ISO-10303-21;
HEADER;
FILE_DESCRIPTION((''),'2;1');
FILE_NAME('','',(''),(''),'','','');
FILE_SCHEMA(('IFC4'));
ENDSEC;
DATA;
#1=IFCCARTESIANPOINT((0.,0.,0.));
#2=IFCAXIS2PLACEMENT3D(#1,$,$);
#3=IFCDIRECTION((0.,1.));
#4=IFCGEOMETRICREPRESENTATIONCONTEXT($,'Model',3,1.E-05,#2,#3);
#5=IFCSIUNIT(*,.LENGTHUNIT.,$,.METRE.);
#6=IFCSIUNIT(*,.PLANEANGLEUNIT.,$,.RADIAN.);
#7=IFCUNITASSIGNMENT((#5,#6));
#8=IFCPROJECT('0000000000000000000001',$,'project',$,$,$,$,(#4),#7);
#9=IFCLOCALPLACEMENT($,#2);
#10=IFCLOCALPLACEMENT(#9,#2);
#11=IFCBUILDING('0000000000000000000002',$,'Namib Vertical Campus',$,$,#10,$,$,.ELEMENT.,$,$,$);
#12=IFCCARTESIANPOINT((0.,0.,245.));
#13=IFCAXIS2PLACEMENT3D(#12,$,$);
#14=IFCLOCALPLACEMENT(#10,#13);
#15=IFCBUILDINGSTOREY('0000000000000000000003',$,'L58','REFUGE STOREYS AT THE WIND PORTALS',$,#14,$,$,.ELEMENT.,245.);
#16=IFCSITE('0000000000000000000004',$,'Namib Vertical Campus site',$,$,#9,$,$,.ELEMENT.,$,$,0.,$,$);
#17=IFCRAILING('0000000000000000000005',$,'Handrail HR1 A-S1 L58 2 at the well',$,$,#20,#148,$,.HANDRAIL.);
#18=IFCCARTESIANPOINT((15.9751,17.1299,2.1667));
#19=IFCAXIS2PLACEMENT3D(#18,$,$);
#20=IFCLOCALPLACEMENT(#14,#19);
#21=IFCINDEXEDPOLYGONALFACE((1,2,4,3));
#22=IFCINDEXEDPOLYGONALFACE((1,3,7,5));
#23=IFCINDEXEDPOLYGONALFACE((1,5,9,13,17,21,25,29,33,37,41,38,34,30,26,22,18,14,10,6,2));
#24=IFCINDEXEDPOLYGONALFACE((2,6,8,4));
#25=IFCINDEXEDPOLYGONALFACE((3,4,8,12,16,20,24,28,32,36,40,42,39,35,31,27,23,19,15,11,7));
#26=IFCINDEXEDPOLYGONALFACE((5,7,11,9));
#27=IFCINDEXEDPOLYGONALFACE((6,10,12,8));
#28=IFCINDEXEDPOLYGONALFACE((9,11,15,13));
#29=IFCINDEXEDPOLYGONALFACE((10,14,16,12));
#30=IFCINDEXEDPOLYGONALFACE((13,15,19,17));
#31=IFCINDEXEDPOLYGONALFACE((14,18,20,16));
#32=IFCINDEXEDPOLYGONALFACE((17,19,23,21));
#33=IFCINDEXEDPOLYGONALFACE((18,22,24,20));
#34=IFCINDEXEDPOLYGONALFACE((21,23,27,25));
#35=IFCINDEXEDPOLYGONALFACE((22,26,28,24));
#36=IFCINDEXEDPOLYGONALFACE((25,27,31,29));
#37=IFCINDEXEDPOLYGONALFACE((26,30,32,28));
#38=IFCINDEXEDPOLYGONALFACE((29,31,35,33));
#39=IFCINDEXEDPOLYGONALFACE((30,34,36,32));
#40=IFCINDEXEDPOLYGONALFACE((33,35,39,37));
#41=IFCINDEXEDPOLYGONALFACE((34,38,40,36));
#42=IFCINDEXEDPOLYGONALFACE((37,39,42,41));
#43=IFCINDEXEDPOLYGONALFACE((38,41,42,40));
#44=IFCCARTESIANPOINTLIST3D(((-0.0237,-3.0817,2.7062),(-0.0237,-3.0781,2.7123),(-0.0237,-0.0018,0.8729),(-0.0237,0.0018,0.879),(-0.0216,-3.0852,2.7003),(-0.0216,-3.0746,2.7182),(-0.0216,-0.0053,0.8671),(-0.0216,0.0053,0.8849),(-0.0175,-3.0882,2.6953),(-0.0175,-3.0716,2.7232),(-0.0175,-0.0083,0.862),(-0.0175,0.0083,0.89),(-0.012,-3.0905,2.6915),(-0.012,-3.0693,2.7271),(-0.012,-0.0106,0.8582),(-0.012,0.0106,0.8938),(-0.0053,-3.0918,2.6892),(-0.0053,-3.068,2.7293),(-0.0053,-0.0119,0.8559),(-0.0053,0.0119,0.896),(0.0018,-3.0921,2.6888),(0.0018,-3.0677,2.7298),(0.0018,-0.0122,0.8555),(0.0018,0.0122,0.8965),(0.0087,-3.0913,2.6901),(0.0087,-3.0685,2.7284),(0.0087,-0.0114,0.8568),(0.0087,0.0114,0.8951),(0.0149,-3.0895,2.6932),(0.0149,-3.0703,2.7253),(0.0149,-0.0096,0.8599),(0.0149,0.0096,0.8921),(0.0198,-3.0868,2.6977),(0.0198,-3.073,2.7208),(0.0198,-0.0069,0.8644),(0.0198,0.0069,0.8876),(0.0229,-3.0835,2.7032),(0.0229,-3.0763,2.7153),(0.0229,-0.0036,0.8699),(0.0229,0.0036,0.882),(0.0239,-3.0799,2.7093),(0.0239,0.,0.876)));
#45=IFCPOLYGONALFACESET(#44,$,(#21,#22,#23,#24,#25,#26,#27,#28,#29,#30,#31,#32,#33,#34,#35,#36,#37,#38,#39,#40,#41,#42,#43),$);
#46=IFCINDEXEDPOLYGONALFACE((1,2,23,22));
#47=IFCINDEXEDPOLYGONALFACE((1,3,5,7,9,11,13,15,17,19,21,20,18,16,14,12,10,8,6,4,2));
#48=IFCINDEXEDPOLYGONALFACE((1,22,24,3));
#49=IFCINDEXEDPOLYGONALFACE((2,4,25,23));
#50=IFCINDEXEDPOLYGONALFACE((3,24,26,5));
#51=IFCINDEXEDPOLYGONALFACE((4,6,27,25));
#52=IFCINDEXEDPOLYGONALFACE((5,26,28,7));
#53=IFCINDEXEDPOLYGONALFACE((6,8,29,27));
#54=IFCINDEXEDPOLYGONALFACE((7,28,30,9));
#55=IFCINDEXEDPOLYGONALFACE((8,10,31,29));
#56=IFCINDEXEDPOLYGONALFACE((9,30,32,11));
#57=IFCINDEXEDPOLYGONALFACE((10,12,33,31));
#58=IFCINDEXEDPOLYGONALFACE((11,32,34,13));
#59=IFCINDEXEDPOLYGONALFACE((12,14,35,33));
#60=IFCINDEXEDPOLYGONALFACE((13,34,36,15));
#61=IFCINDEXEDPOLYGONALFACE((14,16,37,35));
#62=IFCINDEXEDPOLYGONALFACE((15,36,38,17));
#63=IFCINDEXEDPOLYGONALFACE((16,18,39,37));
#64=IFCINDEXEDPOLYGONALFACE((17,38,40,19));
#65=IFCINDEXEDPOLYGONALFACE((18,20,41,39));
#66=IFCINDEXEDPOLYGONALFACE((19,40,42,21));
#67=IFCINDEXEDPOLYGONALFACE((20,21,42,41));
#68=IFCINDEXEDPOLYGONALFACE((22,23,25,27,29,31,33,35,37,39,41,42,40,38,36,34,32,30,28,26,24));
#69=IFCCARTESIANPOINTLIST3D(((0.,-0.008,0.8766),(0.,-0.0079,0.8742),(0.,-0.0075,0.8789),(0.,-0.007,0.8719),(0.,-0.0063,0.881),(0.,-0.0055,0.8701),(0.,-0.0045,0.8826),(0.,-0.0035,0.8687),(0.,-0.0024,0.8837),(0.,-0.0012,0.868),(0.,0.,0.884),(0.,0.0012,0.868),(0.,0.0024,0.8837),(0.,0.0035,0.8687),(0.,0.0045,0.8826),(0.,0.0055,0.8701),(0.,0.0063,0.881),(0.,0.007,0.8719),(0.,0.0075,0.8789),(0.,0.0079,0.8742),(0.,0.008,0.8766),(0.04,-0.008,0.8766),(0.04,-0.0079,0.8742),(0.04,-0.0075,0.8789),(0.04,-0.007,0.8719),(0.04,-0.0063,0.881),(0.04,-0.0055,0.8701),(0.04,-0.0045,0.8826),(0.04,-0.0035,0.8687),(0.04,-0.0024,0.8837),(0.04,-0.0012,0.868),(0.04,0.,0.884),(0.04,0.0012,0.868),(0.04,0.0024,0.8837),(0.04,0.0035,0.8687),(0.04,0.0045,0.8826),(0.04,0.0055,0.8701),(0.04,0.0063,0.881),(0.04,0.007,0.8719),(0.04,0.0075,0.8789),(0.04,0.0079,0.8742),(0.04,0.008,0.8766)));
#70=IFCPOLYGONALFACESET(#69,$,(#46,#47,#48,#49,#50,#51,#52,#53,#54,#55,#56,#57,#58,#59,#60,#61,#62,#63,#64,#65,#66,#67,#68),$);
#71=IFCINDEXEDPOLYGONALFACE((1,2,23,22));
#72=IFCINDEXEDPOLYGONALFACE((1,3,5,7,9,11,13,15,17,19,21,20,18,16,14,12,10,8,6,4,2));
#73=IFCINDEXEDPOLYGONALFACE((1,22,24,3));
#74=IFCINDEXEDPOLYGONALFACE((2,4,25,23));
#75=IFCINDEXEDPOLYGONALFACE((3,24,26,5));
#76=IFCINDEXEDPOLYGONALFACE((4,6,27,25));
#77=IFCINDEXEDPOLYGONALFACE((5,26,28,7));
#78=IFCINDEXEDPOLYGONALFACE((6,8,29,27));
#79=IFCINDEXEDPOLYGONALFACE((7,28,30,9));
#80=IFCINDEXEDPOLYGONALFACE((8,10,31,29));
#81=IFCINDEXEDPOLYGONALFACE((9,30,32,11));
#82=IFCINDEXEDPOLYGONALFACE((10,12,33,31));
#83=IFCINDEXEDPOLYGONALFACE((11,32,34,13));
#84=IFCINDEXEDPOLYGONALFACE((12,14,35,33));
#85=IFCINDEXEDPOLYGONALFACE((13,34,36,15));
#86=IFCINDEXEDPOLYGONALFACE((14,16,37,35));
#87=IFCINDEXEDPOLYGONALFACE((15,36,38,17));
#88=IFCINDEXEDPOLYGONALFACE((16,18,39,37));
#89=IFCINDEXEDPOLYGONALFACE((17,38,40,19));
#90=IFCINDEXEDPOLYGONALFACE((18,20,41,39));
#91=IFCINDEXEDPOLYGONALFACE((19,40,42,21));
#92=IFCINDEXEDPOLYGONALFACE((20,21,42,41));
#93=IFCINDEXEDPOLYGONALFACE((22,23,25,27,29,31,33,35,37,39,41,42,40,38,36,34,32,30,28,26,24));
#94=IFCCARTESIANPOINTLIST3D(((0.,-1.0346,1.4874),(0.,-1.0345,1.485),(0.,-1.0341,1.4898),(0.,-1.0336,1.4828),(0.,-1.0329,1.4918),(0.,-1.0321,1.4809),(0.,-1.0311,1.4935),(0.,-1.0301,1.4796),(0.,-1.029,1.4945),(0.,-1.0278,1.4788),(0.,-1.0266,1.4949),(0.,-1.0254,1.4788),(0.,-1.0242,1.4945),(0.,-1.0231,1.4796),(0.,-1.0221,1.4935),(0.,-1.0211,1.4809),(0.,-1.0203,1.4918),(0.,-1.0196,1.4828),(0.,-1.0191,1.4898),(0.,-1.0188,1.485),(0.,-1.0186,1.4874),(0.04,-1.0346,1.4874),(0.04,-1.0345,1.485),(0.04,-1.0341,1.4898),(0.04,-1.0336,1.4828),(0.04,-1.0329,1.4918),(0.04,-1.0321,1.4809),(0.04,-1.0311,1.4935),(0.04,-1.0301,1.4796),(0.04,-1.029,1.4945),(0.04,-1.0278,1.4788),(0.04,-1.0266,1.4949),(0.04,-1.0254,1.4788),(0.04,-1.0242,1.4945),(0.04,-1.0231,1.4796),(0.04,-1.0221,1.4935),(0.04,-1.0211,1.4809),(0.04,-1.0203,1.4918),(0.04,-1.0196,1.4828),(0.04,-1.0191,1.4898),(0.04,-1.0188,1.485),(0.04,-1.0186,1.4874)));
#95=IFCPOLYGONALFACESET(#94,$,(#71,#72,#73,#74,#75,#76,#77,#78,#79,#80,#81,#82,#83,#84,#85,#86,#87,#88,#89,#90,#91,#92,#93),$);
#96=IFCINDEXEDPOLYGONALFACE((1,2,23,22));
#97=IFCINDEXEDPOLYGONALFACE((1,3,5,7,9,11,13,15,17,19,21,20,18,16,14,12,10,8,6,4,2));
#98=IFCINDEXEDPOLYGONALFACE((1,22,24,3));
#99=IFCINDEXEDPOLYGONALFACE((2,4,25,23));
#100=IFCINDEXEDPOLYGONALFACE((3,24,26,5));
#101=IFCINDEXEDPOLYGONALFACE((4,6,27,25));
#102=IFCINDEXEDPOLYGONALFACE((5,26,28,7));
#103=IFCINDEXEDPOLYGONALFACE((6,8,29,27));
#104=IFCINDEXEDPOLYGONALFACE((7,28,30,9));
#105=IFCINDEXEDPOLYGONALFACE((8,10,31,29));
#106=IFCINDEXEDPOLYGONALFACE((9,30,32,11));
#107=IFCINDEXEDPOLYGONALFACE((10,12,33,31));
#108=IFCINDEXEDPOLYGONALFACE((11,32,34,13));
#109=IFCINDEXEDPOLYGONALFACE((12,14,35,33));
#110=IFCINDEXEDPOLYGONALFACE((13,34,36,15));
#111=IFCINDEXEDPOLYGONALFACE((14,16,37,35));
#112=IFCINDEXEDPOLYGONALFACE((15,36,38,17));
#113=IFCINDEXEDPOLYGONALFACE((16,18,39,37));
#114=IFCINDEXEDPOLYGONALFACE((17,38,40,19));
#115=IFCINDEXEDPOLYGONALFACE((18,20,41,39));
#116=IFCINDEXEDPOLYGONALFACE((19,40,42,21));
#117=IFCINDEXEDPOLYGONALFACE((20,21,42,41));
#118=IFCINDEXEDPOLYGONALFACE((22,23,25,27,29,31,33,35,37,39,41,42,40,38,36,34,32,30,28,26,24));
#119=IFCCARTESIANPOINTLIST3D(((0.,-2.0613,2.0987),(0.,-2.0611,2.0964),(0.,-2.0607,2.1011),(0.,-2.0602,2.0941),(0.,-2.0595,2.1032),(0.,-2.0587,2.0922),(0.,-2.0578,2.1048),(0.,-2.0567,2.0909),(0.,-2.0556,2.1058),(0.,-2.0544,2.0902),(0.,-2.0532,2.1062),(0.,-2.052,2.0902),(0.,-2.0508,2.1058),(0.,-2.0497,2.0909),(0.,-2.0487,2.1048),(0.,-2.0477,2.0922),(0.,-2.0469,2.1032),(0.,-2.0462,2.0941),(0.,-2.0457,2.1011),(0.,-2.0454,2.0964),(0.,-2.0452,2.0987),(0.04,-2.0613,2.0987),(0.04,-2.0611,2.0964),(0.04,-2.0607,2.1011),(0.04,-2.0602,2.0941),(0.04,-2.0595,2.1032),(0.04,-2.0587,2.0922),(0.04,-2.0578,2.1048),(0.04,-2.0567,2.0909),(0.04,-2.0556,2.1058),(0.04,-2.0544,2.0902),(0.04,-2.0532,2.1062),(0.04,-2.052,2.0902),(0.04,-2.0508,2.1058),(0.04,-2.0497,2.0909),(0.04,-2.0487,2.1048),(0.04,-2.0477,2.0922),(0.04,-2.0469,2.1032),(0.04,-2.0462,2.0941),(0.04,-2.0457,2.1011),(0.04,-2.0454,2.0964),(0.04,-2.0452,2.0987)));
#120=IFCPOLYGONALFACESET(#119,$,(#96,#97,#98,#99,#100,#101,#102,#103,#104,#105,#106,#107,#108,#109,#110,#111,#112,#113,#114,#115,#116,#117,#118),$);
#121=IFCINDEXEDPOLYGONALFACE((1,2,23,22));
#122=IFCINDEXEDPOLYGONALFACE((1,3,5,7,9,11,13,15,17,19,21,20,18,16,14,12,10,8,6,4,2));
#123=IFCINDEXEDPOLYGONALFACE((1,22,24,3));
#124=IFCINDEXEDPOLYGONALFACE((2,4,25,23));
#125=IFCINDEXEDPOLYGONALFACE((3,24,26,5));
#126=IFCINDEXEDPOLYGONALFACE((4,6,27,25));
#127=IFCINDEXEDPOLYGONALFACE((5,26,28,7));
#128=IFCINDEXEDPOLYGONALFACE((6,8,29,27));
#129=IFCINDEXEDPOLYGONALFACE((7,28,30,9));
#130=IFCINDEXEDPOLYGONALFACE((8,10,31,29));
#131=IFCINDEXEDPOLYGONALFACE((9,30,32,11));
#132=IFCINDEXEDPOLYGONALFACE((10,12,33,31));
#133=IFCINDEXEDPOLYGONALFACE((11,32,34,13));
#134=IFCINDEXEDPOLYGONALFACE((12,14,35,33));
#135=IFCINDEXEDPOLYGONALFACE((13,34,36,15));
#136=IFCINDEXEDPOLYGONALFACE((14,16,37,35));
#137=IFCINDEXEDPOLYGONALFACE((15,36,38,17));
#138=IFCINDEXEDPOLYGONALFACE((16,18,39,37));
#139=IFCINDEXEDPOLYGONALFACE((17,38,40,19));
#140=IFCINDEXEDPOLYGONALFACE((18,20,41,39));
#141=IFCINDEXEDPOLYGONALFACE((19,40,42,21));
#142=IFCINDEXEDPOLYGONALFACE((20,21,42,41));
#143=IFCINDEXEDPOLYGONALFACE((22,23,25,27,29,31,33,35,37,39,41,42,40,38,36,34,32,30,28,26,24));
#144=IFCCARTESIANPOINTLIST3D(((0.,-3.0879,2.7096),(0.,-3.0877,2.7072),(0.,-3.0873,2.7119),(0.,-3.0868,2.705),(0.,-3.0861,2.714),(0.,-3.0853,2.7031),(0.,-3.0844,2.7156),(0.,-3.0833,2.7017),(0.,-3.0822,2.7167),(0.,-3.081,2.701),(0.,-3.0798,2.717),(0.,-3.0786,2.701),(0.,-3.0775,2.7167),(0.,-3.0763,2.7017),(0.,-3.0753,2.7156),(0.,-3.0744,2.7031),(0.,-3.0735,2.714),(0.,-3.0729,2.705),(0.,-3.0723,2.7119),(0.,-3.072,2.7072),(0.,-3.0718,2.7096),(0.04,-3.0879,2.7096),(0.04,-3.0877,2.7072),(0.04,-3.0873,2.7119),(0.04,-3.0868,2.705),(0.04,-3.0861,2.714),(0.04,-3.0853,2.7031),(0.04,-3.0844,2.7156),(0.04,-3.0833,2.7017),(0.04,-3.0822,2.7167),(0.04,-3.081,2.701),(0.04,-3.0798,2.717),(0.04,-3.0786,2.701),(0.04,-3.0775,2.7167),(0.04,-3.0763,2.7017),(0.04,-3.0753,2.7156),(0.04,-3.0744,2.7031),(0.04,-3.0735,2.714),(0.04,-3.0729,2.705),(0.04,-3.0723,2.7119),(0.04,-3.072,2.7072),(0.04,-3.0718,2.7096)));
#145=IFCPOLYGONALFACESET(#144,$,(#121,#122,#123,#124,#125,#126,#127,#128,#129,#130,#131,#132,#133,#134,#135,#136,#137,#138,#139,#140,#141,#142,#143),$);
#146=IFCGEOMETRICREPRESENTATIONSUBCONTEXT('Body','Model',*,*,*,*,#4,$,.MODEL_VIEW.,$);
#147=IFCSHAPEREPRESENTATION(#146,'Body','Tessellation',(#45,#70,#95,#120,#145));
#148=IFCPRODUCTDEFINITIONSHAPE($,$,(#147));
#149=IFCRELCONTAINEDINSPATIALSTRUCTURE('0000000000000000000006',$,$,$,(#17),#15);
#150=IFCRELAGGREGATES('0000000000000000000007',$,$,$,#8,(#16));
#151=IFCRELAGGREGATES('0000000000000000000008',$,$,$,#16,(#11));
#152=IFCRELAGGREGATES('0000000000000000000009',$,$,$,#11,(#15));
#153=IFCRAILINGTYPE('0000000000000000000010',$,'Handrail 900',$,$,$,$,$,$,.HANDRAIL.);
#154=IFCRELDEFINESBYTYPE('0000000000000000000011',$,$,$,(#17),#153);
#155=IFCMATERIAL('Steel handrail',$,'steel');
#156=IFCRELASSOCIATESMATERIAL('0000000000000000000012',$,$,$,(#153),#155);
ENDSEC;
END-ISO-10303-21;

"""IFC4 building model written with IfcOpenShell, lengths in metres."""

from ifc_helpers import new_model, si_unit, direction, frame, origin, origin_2d, place, context, subcontext, project, spatial, circle, extrude, material, type_object, element, save


model = new_model("IFC4")

# Units and contexts
model_context = context("Model", 3, precision=1e-05, world=origin(), true_north=direction((0.0, 1.0)))
body_context = subcontext(model_context, "Body", "Model", "MODEL_VIEW")
ifc_project = project(units=[si_unit("LENGTHUNIT", "METRE"), si_unit("PLANEANGLEUNIT", "RADIAN")], contexts=[model_context])

# Site, building, storey
site_placement = place(None, origin())
site = spatial("IfcSite", under=ifc_project, at=site_placement, Name="Namib Vertical Campus site", CompositionType="ELEMENT", RefElevation=0.0)
building_placement = place(site_placement, origin())
building = spatial("IfcBuilding", under=site, at=building_placement, Name="Namib Vertical Campus", CompositionType="ELEMENT")
storey_placement = place(building_placement, frame((0.0, 0.0, 245.0)))
storey = spatial("IfcBuildingStorey", under=building, at=storey_placement, Name="L58", Description="REFUGE STOREYS AT THE WIND PORTALS", CompositionType="ELEMENT", Elevation=245.0)

# Railing
ifc_material_1 = material(Name="Steel handrail", Category="steel")
railing_type = type_object("IfcRailingType", Name="Handrail 900", PredefinedType="HANDRAIL", material=ifc_material_1)
for number, where, name in (
    (1, (15.9751, 17.1299, 2.1667), "Handrail HR1 A-S1 L58 2 at the well"),
):
    element("IfcRailing", number, at=place(storey_placement, frame(where)), inside=storey, type_object=railing_type, Name=name, PredefinedType="HANDRAIL", context=body_context, shape_type="SweptSolid", body=[
        extrude(circle(Radius=0.0239, at=origin_2d()), frame((0.0, 0.0, 0.876), z_axis=(0.0, -0.859291, 0.511487), x_axis=(1.0, 0.0, 0.0)), (0.0, 0.0, 1.0), 3.5842),
        extrude(circle(Radius=0.0081, at=origin_2d()), frame((0.0, 0.0, 0.876), z_axis=(1.0, 0.0, 0.0), x_axis=(0.0, 0.0, 1.0)), (0.0, 0.0, 1.0), 0.04),
        extrude(circle(Radius=0.0081, at=origin_2d()), frame((0.0, -1.0266, 1.4868), z_axis=(1.0, 0.0, 0.0), x_axis=(0.0, 0.0, 1.0)), (0.0, 0.0, 1.0), 0.04),
        extrude(circle(Radius=0.0081, at=origin_2d()), frame((0.0, -2.0532, 2.0981), z_axis=(1.0, 0.0, 0.0), x_axis=(0.0, 0.0, 1.0)), (0.0, 0.0, 1.0), 0.04),
        extrude(circle(Radius=0.0081, at=origin_2d()), frame((0.0, -3.0798, 2.709), z_axis=(1.0, 0.0, 0.0), x_axis=(0.0, 0.0, 1.0)), (0.0, 0.0, 1.0), 0.04),
    ])

save(model, "model.ifc")
